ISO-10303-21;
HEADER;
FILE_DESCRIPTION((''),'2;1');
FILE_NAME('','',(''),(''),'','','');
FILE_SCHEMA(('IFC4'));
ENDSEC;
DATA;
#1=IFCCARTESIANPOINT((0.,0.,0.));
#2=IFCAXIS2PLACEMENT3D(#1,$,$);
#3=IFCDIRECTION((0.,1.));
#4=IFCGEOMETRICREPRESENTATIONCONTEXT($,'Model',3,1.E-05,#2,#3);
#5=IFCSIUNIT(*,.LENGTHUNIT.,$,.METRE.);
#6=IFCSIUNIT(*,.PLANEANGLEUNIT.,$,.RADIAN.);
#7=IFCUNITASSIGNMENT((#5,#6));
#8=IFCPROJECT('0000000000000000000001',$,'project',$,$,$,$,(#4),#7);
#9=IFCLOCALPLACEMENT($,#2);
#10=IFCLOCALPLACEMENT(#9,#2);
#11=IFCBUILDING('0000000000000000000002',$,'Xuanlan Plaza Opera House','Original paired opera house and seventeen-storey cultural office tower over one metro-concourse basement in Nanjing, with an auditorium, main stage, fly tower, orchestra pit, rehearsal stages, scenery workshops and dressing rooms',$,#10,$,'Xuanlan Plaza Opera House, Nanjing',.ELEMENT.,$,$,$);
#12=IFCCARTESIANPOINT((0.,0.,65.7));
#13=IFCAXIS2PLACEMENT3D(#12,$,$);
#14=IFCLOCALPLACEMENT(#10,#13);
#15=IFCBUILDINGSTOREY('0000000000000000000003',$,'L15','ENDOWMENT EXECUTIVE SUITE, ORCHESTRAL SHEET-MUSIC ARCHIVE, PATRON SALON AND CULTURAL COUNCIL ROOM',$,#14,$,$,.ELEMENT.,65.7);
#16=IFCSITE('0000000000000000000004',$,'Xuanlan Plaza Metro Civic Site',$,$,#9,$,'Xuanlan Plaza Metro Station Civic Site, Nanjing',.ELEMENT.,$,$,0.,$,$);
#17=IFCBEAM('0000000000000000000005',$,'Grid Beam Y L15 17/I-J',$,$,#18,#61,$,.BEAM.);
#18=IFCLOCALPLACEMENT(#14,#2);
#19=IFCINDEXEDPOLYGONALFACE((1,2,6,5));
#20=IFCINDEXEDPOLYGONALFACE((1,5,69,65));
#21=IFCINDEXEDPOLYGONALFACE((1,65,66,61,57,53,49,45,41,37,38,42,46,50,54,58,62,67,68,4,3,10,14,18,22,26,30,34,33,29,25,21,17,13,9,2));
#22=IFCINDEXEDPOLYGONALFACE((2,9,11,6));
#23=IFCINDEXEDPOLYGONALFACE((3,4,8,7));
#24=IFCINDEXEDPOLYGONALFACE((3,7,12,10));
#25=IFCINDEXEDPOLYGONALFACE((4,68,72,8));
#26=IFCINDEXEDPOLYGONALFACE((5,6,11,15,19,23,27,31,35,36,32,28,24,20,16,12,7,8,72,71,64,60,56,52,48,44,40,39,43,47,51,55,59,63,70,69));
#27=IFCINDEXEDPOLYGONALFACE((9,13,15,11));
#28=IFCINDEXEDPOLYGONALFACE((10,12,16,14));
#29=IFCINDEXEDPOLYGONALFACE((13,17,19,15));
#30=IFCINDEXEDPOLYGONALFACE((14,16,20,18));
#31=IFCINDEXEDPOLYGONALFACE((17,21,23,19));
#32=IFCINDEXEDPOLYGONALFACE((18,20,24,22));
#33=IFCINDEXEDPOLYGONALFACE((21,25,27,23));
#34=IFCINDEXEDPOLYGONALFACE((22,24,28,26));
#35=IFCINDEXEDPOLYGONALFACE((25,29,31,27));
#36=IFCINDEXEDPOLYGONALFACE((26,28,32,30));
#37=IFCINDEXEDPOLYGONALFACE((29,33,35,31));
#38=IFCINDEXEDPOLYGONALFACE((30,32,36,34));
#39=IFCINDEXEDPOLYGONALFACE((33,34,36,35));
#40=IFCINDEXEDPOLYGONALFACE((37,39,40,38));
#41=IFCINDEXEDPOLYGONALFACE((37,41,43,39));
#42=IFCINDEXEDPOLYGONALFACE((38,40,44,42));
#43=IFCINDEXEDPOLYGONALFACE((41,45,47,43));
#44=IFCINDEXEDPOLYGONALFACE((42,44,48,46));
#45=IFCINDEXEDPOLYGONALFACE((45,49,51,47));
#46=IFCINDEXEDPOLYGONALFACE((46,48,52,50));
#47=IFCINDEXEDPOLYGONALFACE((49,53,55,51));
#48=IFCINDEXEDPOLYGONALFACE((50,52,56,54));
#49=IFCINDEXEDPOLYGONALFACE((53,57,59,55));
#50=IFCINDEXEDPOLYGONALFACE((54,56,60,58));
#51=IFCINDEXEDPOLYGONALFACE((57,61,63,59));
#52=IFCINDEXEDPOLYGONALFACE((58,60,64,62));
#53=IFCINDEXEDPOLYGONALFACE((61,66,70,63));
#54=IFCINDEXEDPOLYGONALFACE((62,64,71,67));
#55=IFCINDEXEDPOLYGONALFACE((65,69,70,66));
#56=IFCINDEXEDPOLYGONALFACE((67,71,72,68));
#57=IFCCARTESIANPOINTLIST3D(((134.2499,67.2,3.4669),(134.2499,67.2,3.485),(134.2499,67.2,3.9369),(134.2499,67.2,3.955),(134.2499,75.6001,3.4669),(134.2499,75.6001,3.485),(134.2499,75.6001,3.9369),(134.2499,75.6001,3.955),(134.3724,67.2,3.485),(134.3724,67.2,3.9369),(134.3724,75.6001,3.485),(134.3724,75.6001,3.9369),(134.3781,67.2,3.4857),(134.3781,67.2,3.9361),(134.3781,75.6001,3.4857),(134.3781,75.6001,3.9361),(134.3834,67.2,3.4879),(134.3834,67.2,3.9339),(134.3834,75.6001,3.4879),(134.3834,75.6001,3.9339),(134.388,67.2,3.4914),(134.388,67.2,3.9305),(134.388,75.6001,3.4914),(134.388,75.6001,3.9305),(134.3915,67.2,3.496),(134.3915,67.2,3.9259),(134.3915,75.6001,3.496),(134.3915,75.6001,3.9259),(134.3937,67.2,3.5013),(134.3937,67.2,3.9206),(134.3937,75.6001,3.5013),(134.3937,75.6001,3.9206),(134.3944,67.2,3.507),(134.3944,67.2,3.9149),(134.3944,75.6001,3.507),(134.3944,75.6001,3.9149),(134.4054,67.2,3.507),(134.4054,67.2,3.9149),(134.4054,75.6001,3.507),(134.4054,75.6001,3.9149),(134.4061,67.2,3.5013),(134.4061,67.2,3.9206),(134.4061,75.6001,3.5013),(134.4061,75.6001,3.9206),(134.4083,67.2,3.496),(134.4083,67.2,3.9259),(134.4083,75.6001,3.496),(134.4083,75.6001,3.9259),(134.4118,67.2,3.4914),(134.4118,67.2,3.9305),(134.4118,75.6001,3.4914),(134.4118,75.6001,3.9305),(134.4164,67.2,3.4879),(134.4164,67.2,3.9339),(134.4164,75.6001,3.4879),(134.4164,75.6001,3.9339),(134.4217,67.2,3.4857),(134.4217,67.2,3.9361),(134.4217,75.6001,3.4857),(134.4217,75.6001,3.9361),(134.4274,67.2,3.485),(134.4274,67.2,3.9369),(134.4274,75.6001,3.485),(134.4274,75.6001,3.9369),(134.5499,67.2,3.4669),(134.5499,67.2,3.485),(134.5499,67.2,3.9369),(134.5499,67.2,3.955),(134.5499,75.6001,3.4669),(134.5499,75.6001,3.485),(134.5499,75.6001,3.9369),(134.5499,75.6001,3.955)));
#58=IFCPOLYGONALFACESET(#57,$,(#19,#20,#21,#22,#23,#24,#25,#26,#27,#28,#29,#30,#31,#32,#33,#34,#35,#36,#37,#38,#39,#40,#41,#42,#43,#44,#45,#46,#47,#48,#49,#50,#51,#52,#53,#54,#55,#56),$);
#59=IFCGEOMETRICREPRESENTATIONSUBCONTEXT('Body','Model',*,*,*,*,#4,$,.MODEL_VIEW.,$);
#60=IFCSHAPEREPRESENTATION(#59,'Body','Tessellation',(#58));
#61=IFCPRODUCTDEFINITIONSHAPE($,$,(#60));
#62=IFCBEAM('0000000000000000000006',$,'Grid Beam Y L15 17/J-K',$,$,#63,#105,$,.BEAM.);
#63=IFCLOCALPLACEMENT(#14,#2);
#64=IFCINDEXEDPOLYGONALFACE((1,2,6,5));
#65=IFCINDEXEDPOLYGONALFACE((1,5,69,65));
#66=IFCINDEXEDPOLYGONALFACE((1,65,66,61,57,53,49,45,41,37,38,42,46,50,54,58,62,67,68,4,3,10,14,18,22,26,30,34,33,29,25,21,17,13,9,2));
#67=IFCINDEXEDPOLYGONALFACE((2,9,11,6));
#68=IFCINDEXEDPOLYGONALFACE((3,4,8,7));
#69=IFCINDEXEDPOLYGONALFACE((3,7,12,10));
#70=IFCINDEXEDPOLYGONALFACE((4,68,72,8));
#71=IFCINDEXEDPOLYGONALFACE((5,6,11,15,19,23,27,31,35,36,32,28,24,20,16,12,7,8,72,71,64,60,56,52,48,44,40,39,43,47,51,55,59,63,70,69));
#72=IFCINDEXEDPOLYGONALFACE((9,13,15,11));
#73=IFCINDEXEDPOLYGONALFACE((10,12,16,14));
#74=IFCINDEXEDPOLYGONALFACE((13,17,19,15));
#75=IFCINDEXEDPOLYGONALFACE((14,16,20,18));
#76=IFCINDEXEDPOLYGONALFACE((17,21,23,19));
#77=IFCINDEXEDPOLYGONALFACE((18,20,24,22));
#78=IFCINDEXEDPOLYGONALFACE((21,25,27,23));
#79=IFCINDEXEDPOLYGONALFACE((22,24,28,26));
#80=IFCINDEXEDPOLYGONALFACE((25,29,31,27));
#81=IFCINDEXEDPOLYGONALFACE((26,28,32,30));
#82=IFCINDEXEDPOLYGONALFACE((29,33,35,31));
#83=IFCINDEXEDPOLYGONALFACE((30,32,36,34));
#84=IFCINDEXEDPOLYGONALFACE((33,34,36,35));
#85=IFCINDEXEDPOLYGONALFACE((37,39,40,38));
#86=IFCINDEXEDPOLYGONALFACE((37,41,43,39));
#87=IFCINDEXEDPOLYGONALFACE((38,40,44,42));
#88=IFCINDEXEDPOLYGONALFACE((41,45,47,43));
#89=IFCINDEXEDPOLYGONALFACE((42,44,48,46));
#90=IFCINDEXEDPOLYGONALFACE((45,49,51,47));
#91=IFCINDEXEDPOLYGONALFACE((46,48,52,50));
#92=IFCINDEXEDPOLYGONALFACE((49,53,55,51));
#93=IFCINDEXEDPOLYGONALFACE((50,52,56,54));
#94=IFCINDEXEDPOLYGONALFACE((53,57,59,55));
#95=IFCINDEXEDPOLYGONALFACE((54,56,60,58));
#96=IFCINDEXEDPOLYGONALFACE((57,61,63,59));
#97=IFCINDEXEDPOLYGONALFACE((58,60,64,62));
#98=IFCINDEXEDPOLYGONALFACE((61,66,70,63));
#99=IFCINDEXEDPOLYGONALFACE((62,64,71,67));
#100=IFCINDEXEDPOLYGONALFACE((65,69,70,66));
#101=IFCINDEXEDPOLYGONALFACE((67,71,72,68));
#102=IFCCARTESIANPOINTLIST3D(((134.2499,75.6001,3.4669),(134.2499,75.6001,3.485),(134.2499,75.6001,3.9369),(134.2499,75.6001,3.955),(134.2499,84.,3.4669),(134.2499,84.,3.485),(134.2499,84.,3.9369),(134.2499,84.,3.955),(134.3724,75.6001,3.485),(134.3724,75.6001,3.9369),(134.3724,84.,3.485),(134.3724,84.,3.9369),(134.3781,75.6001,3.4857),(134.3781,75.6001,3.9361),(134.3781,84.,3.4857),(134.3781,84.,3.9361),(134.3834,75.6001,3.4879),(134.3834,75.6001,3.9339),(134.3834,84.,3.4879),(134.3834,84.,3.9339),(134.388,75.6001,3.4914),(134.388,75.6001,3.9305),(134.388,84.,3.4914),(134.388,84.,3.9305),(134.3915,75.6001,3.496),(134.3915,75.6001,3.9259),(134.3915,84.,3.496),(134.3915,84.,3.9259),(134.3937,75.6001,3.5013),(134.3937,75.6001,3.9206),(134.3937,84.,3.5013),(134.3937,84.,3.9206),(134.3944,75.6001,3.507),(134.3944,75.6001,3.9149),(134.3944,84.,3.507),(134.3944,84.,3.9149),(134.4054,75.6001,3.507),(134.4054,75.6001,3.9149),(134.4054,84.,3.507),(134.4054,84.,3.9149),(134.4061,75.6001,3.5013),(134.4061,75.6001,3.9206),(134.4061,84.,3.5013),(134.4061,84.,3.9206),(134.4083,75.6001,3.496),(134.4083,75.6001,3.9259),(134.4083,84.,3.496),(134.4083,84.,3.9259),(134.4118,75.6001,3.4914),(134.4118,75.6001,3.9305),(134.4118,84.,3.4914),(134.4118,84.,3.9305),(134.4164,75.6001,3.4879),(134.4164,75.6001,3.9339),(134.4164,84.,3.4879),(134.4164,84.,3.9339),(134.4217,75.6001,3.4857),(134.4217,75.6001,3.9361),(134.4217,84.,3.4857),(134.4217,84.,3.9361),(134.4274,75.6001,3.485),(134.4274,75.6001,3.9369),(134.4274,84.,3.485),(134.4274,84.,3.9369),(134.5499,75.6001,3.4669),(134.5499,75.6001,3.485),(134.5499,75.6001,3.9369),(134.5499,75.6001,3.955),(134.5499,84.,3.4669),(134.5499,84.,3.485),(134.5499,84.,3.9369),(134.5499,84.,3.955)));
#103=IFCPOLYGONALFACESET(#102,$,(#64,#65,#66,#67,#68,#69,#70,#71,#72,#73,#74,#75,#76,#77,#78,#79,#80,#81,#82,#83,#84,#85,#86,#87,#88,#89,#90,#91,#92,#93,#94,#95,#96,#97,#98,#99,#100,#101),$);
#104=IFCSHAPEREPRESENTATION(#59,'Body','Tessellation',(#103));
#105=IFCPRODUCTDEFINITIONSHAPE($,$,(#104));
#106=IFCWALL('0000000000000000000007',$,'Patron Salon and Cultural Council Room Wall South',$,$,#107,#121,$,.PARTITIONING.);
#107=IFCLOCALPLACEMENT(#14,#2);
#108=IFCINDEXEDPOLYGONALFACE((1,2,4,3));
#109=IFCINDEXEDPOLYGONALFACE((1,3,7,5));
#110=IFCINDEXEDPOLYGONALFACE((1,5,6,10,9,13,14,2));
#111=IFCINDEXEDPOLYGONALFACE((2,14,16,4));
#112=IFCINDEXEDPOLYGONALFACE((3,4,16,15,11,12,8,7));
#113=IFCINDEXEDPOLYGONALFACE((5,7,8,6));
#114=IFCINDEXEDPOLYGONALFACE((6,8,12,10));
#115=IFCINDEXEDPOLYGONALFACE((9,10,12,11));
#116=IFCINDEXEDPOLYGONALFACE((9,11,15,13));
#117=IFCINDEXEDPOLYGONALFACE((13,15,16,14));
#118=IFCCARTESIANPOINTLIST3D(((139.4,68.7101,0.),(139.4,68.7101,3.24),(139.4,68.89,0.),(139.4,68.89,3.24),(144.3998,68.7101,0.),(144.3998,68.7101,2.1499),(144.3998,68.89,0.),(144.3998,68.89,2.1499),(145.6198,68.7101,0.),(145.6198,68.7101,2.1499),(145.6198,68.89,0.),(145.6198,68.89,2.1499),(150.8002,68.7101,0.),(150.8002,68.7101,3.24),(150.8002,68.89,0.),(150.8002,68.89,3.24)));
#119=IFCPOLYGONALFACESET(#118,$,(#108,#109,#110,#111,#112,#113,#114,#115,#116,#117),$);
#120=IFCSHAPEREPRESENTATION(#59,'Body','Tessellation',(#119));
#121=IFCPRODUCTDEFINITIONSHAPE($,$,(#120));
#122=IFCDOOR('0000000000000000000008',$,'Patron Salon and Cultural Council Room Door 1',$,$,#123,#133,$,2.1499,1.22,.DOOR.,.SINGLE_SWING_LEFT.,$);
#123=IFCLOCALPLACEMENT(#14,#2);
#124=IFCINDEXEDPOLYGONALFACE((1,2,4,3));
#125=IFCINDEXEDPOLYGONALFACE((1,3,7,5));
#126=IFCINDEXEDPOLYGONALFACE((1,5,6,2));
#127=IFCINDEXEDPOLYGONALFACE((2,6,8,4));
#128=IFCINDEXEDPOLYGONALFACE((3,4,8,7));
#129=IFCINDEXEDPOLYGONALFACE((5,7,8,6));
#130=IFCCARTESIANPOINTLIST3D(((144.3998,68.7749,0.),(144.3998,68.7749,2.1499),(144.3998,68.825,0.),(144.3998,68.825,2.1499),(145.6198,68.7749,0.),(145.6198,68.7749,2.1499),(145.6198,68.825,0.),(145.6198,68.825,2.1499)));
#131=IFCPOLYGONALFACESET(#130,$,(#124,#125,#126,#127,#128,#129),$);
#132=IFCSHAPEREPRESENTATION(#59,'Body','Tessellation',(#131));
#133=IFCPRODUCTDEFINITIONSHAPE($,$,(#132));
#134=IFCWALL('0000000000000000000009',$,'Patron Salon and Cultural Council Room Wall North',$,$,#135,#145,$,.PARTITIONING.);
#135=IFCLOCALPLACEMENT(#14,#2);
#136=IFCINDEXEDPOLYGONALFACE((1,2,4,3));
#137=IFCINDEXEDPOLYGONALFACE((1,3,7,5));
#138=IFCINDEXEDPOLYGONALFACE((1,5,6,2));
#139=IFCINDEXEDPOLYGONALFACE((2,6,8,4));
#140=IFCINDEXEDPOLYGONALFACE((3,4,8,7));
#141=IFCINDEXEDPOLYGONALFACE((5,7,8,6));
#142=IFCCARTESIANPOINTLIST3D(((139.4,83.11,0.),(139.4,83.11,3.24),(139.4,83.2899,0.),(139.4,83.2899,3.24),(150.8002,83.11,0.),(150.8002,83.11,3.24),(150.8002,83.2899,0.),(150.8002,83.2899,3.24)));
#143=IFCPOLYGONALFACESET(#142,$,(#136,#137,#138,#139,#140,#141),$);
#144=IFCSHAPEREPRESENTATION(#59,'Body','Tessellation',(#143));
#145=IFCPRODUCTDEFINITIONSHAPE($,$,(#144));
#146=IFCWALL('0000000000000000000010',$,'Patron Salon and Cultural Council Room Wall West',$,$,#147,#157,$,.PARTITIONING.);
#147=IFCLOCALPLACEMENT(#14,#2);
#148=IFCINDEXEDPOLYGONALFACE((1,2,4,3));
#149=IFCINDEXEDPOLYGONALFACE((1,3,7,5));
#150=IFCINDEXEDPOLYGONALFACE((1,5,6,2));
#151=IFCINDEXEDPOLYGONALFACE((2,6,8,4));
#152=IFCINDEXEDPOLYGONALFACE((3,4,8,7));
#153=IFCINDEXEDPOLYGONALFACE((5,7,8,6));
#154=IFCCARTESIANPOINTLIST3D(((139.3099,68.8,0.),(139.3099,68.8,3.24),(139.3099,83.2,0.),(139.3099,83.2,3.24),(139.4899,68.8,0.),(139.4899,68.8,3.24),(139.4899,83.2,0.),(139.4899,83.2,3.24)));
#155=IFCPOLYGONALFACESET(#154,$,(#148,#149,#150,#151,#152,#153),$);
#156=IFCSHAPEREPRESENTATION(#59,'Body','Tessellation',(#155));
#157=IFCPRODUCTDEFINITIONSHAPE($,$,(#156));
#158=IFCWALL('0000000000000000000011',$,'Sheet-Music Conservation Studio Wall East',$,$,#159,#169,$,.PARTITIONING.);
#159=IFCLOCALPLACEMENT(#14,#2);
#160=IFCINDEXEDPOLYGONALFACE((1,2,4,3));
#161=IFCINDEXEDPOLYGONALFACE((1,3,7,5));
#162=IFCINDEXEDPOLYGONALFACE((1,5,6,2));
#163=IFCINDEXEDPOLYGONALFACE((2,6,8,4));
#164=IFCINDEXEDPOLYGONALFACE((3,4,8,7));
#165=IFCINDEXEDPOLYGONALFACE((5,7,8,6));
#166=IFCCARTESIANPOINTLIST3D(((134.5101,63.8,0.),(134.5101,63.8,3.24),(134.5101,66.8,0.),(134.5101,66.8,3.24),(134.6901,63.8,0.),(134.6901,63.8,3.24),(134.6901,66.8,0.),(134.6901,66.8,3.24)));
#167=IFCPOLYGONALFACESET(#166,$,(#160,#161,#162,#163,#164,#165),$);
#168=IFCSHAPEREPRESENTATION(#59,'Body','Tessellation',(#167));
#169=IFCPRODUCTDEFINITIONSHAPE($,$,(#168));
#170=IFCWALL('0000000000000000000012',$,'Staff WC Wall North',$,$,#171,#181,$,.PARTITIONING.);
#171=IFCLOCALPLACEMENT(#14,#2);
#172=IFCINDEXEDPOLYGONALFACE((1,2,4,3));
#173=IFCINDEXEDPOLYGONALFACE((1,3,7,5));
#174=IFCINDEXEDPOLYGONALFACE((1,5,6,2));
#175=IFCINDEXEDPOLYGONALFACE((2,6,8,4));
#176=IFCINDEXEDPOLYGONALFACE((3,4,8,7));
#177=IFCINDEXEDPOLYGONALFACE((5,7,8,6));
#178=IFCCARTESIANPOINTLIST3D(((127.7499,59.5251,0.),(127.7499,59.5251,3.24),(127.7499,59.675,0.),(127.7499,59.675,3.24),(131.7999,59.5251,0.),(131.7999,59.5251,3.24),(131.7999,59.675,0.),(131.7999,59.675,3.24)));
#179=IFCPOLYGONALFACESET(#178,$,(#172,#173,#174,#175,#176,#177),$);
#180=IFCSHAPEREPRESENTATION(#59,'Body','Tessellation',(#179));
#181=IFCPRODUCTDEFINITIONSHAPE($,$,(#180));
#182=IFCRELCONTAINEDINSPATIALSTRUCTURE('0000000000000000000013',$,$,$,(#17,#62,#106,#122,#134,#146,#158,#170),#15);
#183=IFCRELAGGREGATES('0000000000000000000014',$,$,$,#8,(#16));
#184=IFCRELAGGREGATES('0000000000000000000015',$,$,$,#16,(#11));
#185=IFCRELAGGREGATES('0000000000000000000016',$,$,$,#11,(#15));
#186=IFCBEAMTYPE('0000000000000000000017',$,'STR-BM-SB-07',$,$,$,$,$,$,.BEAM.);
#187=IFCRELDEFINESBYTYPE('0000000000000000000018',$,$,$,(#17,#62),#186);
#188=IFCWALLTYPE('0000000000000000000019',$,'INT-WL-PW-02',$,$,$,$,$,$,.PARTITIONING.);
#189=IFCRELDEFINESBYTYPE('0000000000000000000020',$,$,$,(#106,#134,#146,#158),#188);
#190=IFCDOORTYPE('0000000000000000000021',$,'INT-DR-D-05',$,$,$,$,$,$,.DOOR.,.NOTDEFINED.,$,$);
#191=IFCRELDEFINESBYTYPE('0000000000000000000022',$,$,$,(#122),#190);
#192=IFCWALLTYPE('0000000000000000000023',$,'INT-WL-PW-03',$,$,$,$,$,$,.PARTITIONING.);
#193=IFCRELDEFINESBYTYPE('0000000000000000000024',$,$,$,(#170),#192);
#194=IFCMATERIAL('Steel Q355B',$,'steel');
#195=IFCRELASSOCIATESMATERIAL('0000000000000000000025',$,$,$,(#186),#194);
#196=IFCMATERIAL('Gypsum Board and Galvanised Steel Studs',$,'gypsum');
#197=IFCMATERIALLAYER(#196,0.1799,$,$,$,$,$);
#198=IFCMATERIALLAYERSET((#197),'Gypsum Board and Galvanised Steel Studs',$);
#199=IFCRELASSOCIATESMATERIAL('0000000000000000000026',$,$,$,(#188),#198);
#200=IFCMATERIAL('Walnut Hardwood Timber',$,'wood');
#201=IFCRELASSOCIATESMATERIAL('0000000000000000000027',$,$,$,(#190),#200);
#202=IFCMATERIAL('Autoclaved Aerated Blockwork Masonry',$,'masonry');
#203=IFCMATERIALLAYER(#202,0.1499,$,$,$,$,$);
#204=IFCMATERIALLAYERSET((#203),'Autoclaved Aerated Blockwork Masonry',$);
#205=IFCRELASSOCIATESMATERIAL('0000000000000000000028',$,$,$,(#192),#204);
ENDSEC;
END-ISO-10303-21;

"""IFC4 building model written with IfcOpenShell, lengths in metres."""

from ifc_helpers import new_model, si_unit, direction, frame, frame_2d, origin, origin_2d, place, context, subcontext, project, spatial, rectangle, i_section, extrude, material, layer, layer_set, material_profile, profile_set, type_object, element, fill, save


model = new_model("IFC4")

# Units and contexts
model_context = context("Model", 3, precision=1e-05, world=origin(), true_north=direction((0.0, 1.0)))
body_context = subcontext(model_context, "Body", "Model", "MODEL_VIEW")
ifc_project = project(units=[si_unit("LENGTHUNIT", "METRE"), si_unit("PLANEANGLEUNIT", "RADIAN")], contexts=[model_context])

# Site, building, storey
site_placement = place(None, origin())
site = spatial("IfcSite", under=ifc_project, at=site_placement, Name="Xuanlan Plaza Metro Civic Site", LongName="Xuanlan Plaza Metro Station Civic Site, Nanjing", CompositionType="ELEMENT", RefElevation=0.0)
building_placement = place(site_placement, origin())
building = spatial("IfcBuilding", under=site, at=building_placement, Name="Xuanlan Plaza Opera House", Description="Original paired opera house and seventeen-storey cultural office tower over one metro-concourse basement in Nanjing, with an auditorium, main stage, fly tower, orchestra pit, rehearsal stages, scenery workshops and dressing rooms", LongName="Xuanlan Plaza Opera House, Nanjing", CompositionType="ELEMENT")
storey_placement = place(building_placement, frame((0.0, 0.0, 65.7)))
storey = spatial("IfcBuildingStorey", under=building, at=storey_placement, Name="L15", Description="ENDOWMENT EXECUTIVE SUITE, ORCHESTRAL SHEET-MUSIC ARCHIVE, PATRON SALON AND CULTURAL COUNCIL ROOM", CompositionType="ELEMENT", Elevation=65.7)

# Beams
ifc_material_1 = material(Name="Steel Q355B", Category="steel")
ifc_material_profile_1 = material_profile(ifc_material_1, i_section(OverallWidth=0.3, OverallDepth=0.488, WebThickness=0.011, FlangeThickness=0.0181, FilletRadius=0.022, at=origin_2d()), Name="HM 488x300x11x18")
ifc_profile_set_1 = profile_set([ifc_material_profile_1], Name="Steel Q355B")
beam_type_1 = type_object("IfcBeamType", Name="STR-BM-SB-07", PredefinedType="BEAM", material=ifc_profile_set_1)
beam_1_placement = place(storey_placement, frame((134.3999, 67.2, 3.7109), z_axis=(0.0, 1.0, 0.0), x_axis=(-1.0, 0.0, 0.0)))
element("IfcBeam", 1, at=beam_1_placement, inside=storey, type_object=beam_type_1, Name="Grid Beam Y L15 17/I-J", PredefinedType="BEAM", context=body_context, shape_type="SweptSolid", body=[
    extrude(i_section(OverallWidth=0.3, OverallDepth=0.488, WebThickness=0.011, FlangeThickness=0.0181, FilletRadius=0.022, at=origin_2d()), origin(), (0.0, 0.0, 1.0), 8.4001),
])
beam_2_placement = place(storey_placement, frame((134.3999, 75.6001, 3.7109), z_axis=(0.0, 1.0, 0.0), x_axis=(-1.0, 0.0, 0.0)))
element("IfcBeam", 2, at=beam_2_placement, inside=storey, type_object=beam_type_1, Name="Grid Beam Y L15 17/J-K", PredefinedType="BEAM", context=body_context, shape_type="SweptSolid", body=[
    extrude(i_section(OverallWidth=0.3, OverallDepth=0.488, WebThickness=0.011, FlangeThickness=0.0181, FilletRadius=0.022, at=origin_2d()), origin(), (0.0, 0.0, 1.0), 8.3999),
])

# Wall, opening, door
ifc_material_2 = material(Name="Gypsum Board and Galvanised Steel Studs", Category="gypsum")
ifc_layer_1 = layer(ifc_material_2, 0.1799)
ifc_layer_set_1 = layer_set([ifc_layer_1], Name="Gypsum Board and Galvanised Steel Studs")
wall_type_1 = type_object("IfcWallType", Name="INT-WL-PW-02", PredefinedType="PARTITIONING", material=ifc_layer_set_1)
wall_1_placement = place(storey_placement, frame((139.3999, 68.8, 0.0), z_axis=(0.0, 0.0, 1.0), x_axis=(1.0, 0.0, 0.0)))
wall_1 = element("IfcWall", 3, at=wall_1_placement, inside=storey, type_object=wall_type_1, Name="Patron Salon and Cultural Council Room Wall South", PredefinedType="PARTITIONING", context=body_context, shape_type="SweptSolid", body=[
    extrude(rectangle(XDim=11.4001, YDim=0.1799, at=frame_2d((5.7002, 0.0))), origin(), (0.0, 0.0, 1.0), 3.24),
])
opening_1_placement = place(wall_1_placement, frame((5.0, 0.0, 0.0)))
opening_1 = element("IfcOpeningElement", 4, at=opening_1_placement, cuts=wall_1, PredefinedType="OPENING", context=body_context, shape_type="SweptSolid", body=[
    extrude(rectangle(XDim=1.22, YDim=2.1499, at=frame_2d((0.6099, 1.075))), frame((0.0, 0.0999, 0.0), z_axis=(0.0, -1.0, 0.0), x_axis=(1.0, 0.0, 0.0)), (0.0, 0.0, 1.0), 0.2),
])
ifc_material_3 = material(Name="Walnut Hardwood Timber", Category="wood")
door_type_1 = type_object("IfcDoorType", Name="INT-DR-D-05", OperationType="NOTDEFINED", PredefinedType="DOOR", material=ifc_material_3)
door_1_placement = place(opening_1_placement, origin())
door_1 = element("IfcDoor", 5, at=door_1_placement, inside=storey, type_object=door_type_1, Name="Patron Salon and Cultural Council Room Door 1", OperationType="SINGLE_SWING_LEFT", OverallHeight=2.1499, OverallWidth=1.22, PredefinedType="DOOR", context=body_context, shape_type="SweptSolid", body=[
    extrude(rectangle(XDim=1.22, YDim=2.1499, at=frame_2d((0.6099, 1.075))), frame((0.0, 0.0249, 0.0), z_axis=(0.0, -1.0, 0.0), x_axis=(1.0, 0.0, 0.0)), (0.0, 0.0, 1.0), 0.05),
])
fill(opening_1, door_1)

# Walls
wall_2_placement = place(storey_placement, frame((139.3999, 83.2, 0.0), z_axis=(0.0, 0.0, 1.0), x_axis=(1.0, 0.0, 0.0)))
element("IfcWall", 6, at=wall_2_placement, inside=storey, type_object=wall_type_1, Name="Patron Salon and Cultural Council Room Wall North", PredefinedType="PARTITIONING", context=body_context, shape_type="SweptSolid", body=[
    extrude(rectangle(XDim=11.4001, YDim=0.1799, at=frame_2d((5.7002, 0.0))), origin(), (0.0, 0.0, 1.0), 3.24),
])
wall_3_placement = place(storey_placement, frame((139.3999, 68.8, 0.0), z_axis=(0.0, 0.0, 1.0), x_axis=(0.0, 1.0, 0.0)))
element("IfcWall", 7, at=wall_3_placement, inside=storey, type_object=wall_type_1, Name="Patron Salon and Cultural Council Room Wall West", PredefinedType="PARTITIONING", context=body_context, shape_type="SweptSolid", body=[
    extrude(rectangle(XDim=14.3999, YDim=0.1799, at=frame_2d((7.2, 0.0))), origin(), (0.0, 0.0, 1.0), 3.24),
])
wall_4_placement = place(storey_placement, frame((134.6001, 63.8, 0.0), z_axis=(0.0, 0.0, 1.0), x_axis=(0.0, 1.0, 0.0)))
element("IfcWall", 8, at=wall_4_placement, inside=storey, type_object=wall_type_1, Name="Sheet-Music Conservation Studio Wall East", PredefinedType="PARTITIONING", context=body_context, shape_type="SweptSolid", body=[
    extrude(rectangle(XDim=3.0, YDim=0.1799, at=frame_2d((1.5, 0.0))), origin(), (0.0, 0.0, 1.0), 3.24),
])
ifc_material_4 = material(Name="Autoclaved Aerated Blockwork Masonry", Category="masonry")
ifc_layer_2 = layer(ifc_material_4, 0.1499)
ifc_layer_set_2 = layer_set([ifc_layer_2], Name="Autoclaved Aerated Blockwork Masonry")
wall_type_2 = type_object("IfcWallType", Name="INT-WL-PW-03", PredefinedType="PARTITIONING", material=ifc_layer_set_2)
wall_5_placement = place(storey_placement, frame((127.75, 59.6001, 0.0), z_axis=(0.0, 0.0, 1.0), x_axis=(1.0, 0.0, 0.0)))
element("IfcWall", 9, at=wall_5_placement, inside=storey, type_object=wall_type_2, Name="Staff WC Wall North", PredefinedType="PARTITIONING", context=body_context, shape_type="SweptSolid", body=[
    extrude(rectangle(XDim=4.05, YDim=0.1499, at=frame_2d((2.0249, 0.0))), origin(), (0.0, 0.0, 1.0), 3.24),
])

save(model, "model.ifc")
